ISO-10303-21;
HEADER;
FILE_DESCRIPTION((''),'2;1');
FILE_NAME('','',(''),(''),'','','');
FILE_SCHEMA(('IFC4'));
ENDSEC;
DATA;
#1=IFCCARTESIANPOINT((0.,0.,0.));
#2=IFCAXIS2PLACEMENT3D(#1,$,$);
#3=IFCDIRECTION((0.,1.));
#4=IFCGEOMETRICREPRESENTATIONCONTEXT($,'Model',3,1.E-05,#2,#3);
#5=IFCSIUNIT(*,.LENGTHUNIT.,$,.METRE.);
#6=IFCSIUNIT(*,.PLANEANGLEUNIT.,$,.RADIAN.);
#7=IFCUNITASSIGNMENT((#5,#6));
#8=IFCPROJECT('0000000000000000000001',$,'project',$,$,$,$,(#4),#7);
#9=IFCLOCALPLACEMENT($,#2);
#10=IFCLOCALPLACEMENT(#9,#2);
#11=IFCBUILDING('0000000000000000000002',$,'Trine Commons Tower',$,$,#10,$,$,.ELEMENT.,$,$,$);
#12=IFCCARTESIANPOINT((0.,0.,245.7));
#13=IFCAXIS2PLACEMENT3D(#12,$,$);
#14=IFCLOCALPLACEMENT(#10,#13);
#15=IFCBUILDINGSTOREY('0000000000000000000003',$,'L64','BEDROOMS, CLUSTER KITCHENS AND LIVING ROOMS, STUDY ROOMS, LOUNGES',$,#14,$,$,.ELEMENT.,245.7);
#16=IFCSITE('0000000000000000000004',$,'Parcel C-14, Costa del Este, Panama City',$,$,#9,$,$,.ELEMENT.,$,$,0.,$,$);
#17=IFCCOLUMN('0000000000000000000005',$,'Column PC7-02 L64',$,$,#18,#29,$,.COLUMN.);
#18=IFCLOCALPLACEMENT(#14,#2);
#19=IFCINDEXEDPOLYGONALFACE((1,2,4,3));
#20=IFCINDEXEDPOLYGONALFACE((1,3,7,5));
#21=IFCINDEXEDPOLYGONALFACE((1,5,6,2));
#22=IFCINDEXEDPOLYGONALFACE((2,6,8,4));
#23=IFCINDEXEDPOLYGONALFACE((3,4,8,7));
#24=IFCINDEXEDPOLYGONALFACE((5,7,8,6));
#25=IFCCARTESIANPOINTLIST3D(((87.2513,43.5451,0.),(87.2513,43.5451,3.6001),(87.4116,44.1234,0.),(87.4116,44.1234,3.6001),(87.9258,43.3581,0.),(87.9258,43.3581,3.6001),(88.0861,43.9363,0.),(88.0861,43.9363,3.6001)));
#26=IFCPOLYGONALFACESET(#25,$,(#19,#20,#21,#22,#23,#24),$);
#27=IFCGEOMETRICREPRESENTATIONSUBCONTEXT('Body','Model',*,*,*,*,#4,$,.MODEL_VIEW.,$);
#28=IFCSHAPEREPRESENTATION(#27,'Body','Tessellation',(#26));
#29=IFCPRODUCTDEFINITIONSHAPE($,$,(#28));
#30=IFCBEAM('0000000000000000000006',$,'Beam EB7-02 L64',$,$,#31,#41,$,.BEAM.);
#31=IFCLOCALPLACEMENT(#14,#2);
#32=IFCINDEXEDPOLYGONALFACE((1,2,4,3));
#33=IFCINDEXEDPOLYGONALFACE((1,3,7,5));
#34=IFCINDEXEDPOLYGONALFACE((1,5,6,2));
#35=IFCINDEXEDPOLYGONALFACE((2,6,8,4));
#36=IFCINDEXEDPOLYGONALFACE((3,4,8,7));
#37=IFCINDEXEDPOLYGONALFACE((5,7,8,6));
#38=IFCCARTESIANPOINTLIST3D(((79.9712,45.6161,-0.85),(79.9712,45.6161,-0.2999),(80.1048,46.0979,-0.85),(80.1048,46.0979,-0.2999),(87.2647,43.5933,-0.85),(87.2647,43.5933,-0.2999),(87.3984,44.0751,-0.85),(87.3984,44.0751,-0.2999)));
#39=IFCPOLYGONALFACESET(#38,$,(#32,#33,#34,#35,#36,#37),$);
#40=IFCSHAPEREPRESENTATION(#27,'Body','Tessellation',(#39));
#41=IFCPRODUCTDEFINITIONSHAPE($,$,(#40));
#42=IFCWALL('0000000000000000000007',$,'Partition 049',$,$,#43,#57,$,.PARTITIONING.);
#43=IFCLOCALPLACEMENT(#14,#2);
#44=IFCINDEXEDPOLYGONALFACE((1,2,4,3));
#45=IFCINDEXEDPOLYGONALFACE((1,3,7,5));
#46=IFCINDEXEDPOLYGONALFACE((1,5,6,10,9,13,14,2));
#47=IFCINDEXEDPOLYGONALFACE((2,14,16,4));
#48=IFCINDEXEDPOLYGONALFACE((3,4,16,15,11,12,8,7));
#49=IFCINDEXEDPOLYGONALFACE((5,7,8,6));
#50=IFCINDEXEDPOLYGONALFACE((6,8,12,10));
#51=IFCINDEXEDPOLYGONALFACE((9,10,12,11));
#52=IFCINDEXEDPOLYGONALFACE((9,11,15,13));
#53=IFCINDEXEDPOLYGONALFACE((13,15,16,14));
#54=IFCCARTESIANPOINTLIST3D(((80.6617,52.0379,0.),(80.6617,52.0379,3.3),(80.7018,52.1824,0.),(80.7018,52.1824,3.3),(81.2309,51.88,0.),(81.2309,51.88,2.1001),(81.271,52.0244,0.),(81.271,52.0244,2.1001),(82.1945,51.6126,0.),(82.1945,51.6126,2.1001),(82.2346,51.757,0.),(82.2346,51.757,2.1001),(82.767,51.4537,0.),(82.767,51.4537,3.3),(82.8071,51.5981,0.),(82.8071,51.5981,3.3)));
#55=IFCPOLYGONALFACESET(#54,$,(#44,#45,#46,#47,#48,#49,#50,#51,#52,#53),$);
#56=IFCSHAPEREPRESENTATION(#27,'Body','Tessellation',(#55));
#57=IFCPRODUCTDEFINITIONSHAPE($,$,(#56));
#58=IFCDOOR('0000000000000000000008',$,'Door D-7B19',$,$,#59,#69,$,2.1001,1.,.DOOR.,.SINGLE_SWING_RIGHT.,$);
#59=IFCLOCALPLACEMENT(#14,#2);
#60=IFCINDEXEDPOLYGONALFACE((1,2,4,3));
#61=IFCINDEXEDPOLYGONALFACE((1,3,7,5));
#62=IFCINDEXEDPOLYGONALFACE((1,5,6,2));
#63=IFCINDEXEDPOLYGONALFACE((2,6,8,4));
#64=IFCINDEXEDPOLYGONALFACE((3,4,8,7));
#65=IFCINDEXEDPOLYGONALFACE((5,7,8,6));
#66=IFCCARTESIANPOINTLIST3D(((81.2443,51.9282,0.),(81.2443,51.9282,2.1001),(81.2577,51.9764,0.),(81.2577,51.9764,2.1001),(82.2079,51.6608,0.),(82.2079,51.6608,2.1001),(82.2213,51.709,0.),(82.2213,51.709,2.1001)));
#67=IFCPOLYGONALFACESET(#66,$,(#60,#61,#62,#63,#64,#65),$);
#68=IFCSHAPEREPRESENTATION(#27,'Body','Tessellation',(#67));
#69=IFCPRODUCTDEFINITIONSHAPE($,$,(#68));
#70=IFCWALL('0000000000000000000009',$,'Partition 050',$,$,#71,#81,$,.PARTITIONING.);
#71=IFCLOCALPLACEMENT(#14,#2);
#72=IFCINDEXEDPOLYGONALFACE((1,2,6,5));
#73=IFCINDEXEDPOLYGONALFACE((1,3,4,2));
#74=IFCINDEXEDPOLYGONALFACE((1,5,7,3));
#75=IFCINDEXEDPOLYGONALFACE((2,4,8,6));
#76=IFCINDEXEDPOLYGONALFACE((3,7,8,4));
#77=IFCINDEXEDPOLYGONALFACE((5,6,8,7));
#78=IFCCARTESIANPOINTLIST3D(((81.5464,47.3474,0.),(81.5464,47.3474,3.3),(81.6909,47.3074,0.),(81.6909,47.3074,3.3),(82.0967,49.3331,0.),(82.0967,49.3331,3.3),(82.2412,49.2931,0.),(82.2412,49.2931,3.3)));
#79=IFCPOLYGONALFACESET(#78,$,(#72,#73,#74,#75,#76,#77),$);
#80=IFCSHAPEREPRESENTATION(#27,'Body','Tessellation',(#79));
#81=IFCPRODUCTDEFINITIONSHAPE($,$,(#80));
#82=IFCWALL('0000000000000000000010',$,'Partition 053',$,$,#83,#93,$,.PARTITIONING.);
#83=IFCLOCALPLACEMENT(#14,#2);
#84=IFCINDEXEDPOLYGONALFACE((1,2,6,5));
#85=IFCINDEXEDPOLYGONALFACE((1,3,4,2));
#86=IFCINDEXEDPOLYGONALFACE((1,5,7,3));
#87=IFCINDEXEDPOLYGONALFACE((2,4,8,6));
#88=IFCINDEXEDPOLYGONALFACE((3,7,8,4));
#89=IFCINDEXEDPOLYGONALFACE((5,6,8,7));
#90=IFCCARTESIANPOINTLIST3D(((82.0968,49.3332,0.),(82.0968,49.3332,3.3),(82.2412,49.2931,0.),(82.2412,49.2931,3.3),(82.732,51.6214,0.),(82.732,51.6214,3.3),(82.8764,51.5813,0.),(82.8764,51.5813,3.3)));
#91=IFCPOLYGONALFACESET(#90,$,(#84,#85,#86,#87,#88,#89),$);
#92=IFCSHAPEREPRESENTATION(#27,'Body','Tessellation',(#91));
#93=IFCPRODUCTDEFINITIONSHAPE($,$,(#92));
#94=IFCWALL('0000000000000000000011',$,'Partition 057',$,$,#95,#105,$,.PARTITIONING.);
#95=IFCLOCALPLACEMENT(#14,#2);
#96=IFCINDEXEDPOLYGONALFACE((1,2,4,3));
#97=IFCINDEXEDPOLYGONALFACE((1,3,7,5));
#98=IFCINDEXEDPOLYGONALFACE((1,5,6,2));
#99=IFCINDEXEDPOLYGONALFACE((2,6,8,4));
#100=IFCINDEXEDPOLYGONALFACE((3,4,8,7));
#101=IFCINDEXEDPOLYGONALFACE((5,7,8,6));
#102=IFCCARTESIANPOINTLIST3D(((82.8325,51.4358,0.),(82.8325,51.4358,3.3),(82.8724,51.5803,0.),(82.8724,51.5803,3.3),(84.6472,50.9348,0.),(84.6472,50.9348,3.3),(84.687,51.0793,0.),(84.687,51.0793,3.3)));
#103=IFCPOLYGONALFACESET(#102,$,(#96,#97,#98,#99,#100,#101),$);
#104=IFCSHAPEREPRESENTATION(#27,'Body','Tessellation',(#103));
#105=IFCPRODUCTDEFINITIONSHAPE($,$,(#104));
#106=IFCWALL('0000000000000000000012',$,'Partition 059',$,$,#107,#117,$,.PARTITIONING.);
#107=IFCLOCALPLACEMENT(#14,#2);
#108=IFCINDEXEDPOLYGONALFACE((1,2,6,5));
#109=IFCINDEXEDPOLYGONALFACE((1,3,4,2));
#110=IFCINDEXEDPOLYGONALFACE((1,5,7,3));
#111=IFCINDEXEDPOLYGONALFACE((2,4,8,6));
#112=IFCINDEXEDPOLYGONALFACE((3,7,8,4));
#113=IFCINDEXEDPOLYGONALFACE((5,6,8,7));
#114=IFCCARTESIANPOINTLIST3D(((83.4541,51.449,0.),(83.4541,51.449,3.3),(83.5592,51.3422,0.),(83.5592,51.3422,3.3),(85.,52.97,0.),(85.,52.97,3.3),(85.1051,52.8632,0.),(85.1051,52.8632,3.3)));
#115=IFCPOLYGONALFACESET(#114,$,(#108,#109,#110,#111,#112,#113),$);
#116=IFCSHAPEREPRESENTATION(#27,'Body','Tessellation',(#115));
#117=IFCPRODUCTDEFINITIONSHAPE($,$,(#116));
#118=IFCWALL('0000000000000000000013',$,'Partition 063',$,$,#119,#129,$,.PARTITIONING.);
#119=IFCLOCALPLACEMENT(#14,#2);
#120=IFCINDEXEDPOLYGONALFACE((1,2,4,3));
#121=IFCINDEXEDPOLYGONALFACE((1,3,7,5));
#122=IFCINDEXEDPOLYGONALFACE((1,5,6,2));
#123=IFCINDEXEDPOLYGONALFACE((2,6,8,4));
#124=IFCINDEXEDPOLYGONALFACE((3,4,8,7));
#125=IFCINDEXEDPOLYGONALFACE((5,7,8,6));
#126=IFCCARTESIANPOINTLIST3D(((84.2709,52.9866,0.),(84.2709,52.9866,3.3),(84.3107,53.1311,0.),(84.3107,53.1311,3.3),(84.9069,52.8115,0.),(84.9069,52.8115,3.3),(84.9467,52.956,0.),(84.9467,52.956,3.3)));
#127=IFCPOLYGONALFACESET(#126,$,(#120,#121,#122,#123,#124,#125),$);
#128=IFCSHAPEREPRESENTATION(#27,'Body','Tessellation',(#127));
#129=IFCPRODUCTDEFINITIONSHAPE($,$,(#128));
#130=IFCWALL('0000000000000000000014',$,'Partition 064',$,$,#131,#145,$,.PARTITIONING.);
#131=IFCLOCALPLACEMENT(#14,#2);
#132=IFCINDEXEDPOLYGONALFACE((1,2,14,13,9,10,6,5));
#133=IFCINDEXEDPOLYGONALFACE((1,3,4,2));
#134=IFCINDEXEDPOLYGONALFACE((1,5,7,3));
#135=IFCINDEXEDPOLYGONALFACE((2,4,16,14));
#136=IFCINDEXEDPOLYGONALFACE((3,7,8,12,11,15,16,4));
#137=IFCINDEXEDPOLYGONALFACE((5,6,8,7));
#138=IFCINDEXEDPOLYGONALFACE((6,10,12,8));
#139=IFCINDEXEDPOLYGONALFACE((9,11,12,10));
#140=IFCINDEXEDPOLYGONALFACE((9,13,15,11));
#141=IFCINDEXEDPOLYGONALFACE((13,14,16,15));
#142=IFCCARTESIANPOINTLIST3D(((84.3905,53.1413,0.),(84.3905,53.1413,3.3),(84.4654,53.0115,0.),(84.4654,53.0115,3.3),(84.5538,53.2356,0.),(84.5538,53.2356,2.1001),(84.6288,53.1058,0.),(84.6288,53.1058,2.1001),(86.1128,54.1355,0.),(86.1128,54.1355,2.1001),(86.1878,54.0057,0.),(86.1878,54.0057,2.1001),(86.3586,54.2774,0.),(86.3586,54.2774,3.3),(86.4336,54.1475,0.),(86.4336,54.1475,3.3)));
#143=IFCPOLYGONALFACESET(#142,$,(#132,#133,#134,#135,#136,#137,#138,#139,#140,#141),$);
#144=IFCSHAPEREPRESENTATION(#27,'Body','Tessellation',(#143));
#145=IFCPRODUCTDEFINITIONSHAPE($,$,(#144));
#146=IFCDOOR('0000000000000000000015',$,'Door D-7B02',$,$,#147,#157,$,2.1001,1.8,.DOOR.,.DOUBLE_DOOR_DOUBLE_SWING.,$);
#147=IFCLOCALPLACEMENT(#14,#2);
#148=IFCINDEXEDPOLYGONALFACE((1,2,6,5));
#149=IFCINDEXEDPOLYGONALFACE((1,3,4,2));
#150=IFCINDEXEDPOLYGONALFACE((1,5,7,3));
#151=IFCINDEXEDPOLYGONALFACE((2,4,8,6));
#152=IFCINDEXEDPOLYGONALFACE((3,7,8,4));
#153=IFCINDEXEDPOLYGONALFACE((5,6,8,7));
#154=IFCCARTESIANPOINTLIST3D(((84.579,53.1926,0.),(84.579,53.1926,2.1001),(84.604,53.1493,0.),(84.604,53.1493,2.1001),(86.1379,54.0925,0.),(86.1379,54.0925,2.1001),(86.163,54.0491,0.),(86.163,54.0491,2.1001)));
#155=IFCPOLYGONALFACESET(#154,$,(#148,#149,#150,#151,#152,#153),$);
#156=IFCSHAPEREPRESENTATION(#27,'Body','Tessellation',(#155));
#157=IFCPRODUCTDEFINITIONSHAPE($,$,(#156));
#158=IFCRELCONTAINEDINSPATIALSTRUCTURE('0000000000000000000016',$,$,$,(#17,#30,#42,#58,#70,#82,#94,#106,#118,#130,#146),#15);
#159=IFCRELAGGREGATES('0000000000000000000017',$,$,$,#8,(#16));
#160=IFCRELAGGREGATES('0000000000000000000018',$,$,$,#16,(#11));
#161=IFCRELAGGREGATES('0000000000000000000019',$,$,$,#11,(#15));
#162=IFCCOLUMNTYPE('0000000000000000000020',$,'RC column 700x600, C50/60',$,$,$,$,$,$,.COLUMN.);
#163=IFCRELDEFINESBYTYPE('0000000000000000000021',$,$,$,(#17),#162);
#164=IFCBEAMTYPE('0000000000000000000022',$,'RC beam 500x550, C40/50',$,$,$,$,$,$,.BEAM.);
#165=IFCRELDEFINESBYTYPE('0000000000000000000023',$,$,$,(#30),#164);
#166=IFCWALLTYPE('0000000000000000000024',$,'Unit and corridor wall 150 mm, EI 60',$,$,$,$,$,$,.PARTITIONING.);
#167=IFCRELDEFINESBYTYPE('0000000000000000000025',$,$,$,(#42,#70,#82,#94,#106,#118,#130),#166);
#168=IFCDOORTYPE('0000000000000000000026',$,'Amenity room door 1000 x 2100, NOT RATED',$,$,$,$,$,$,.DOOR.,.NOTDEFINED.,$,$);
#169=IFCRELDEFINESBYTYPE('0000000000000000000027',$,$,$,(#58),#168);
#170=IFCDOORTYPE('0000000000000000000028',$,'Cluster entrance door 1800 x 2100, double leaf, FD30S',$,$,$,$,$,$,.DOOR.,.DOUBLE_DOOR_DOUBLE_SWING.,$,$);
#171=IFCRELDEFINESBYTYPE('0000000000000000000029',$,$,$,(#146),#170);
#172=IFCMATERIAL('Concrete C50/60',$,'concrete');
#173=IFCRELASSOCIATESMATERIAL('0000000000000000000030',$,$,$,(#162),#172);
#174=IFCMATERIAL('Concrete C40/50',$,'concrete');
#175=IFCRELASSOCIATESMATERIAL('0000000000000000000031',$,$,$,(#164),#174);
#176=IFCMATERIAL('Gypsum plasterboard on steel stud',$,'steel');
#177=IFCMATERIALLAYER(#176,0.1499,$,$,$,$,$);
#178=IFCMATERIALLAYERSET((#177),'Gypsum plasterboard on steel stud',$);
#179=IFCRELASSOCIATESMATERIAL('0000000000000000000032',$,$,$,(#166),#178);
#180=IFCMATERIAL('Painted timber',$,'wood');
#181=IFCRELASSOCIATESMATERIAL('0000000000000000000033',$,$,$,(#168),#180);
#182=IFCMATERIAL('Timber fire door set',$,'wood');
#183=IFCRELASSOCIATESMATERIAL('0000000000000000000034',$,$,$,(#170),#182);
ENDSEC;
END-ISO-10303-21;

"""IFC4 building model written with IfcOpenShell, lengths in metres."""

from ifc_helpers import new_model, si_unit, direction, frame, frame_2d, origin, origin_2d, place, context, subcontext, project, spatial, rectangle, extrude, material, layer, layer_set, material_profile, profile_set, type_object, element, fill, save


model = new_model("IFC4")

# Units and contexts
model_context = context("Model", 3, precision=1e-05, world=origin(), true_north=direction((0.0, 1.0)))
body_context = subcontext(model_context, "Body", "Model", "MODEL_VIEW")
ifc_project = project(units=[si_unit("LENGTHUNIT", "METRE"), si_unit("PLANEANGLEUNIT", "RADIAN")], contexts=[model_context])

# Site, building, storey
site_placement = place(None, origin())
site = spatial("IfcSite", under=ifc_project, at=site_placement, Name="Parcel C-14, Costa del Este, Panama City", CompositionType="ELEMENT", RefElevation=0.0)
building_placement = place(site_placement, origin())
building = spatial("IfcBuilding", under=site, at=building_placement, Name="Trine Commons Tower", CompositionType="ELEMENT")
storey_placement = place(building_placement, frame((0.0, 0.0, 245.7)))
storey = spatial("IfcBuildingStorey", under=building, at=storey_placement, Name="L64", Description="BEDROOMS, CLUSTER KITCHENS AND LIVING ROOMS, STUDY ROOMS, LOUNGES", CompositionType="ELEMENT", Elevation=245.7)

# Column
ifc_material_1 = material(Name="Concrete C50/60", Category="concrete")
ifc_material_profile_1 = material_profile(ifc_material_1, rectangle(XDim=0.7, YDim=0.6001, at=origin_2d()), Name="RC 700x600")
ifc_profile_set_1 = profile_set([ifc_material_profile_1], Name="Concrete C50/60")
column_type = type_object("IfcColumnType", Name="RC column 700x600, C50/60", PredefinedType="COLUMN", material=ifc_profile_set_1)
column_placement = place(storey_placement, frame((87.6687, 43.7407, 0.0), z_axis=(0.0, 0.0, 1.0), x_axis=(-0.96363, 0.267238, 0.0)))
element("IfcColumn", 1, at=column_placement, inside=storey, type_object=column_type, Name="Column PC7-02 L64", PredefinedType="COLUMN", context=body_context, shape_type="SweptSolid", body=[
    extrude(rectangle(XDim=0.7, YDim=0.6001, at=origin_2d()), origin(), (0.0, 0.0, 1.0), 3.6001),
])

# Beam
ifc_material_2 = material(Name="Concrete C40/50", Category="concrete")
ifc_material_profile_2 = material_profile(ifc_material_2, rectangle(XDim=0.5, YDim=0.55, at=origin_2d()), Name="RC 500x550")
ifc_profile_set_2 = profile_set([ifc_material_profile_2], Name="Concrete C40/50")
beam_type = type_object("IfcBeamType", Name="RC beam 500x550, C40/50", PredefinedType="BEAM", material=ifc_profile_set_2)
beam_placement = place(storey_placement, frame((87.3315, 43.8342, -0.575), z_axis=(-0.963629, 0.267245, 0.0), x_axis=(-0.267245, -0.963629, 0.0)))
element("IfcBeam", 2, at=beam_placement, inside=storey, type_object=beam_type, Name="Beam EB7-02 L64", PredefinedType="BEAM", context=body_context, shape_type="SweptSolid", body=[
    extrude(rectangle(XDim=0.5, YDim=0.55, at=origin_2d()), origin(), (0.0, 0.0, 1.0), 7.5688),
])

# Wall, opening, door
ifc_material_3 = material(Name="Gypsum plasterboard on steel stud", Category="steel")
ifc_layer_1 = layer(ifc_material_3, 0.1499)
ifc_layer_set_1 = layer_set([ifc_layer_1], Name="Gypsum plasterboard on steel stud")
wall_type_1 = type_object("IfcWallType", Name="Unit and corridor wall 150 mm, EI 60", PredefinedType="PARTITIONING", material=ifc_layer_set_1)
wall_1_placement = place(storey_placement, frame((80.6819, 52.1101, 0.0), z_axis=(0.0, 0.0, 1.0), x_axis=(0.963584, -0.267408, 0.0)))
wall_1 = element("IfcWall", 3, at=wall_1_placement, inside=storey, type_object=wall_type_1, Name="Partition 049", PredefinedType="PARTITIONING", context=body_context, shape_type="SweptSolid", body=[
    extrude(rectangle(XDim=2.1848, YDim=0.1499, at=frame_2d((1.0923, 0.0))), origin(), (0.0, 0.0, 1.0), 3.3),
])
opening_1_placement = place(wall_1_placement, frame((0.5906, 0.0, 0.0)))
opening_1 = element("IfcOpeningElement", 4, at=opening_1_placement, cuts=wall_1, PredefinedType="OPENING", context=body_context, shape_type="SweptSolid", body=[
    extrude(rectangle(XDim=1.0, YDim=2.1001, at=frame_2d((0.5, 1.05))), frame((0.0, 0.085, 0.0), z_axis=(0.0, -1.0, 0.0), x_axis=(1.0, 0.0, 0.0)), (0.0, 0.0, 1.0), 0.1699),
])
ifc_material_4 = material(Name="Painted timber", Category="wood")
door_type_1 = type_object("IfcDoorType", Name="Amenity room door 1000 x 2100, NOT RATED", OperationType="NOTDEFINED", PredefinedType="DOOR", material=ifc_material_4)
door_1_placement = place(opening_1_placement, frame((1.0, 0.0, 0.0), z_axis=(0.0, 0.0, 1.0), x_axis=(-1.0, 0.0, 0.0)))
door_1 = element("IfcDoor", 5, at=door_1_placement, inside=storey, type_object=door_type_1, Name="Door D-7B19", OperationType="SINGLE_SWING_RIGHT", OverallHeight=2.1001, OverallWidth=1.0, PredefinedType="DOOR", context=body_context, shape_type="SweptSolid", body=[
    extrude(rectangle(XDim=1.0, YDim=2.1001, at=frame_2d((0.5, 1.05))), frame((0.0, 0.0249, 0.0), z_axis=(0.0, -1.0, 0.0), x_axis=(1.0, 0.0, 0.0)), (0.0, 0.0, 1.0), 0.05),
])
fill(opening_1, door_1)

# Walls
wall_2_placement = place(storey_placement, frame((81.6187, 47.3274, 0.0), z_axis=(0.0, 0.0, 1.0), x_axis=(0.267075, 0.963676, 0.0)))
element("IfcWall", 6, at=wall_2_placement, inside=storey, type_object=wall_type_1, Name="Partition 050", PredefinedType="PARTITIONING", context=body_context, shape_type="SweptSolid", body=[
    extrude(rectangle(XDim=2.0605, YDim=0.1499, at=frame_2d((1.0303, 0.0))), origin(), (0.0, 0.0, 1.0), 3.3),
])
wall_3_placement = place(storey_placement, frame((82.1689, 49.313, 0.0), z_axis=(0.0, 0.0, 1.0), x_axis=(0.26749, 0.963561, 0.0)))
element("IfcWall", 7, at=wall_3_placement, inside=storey, type_object=wall_type_1, Name="Partition 053", PredefinedType="PARTITIONING", context=body_context, shape_type="SweptSolid", body=[
    extrude(rectangle(XDim=2.3748, YDim=0.1499, at=frame_2d((1.1875, 0.0))), origin(), (0.0, 0.0, 1.0), 3.3),
])
wall_4_placement = place(storey_placement, frame((82.8523, 51.5081, 0.0), z_axis=(0.0, 0.0, 1.0), x_axis=(0.963942, -0.266112, 0.0)))
element("IfcWall", 8, at=wall_4_placement, inside=storey, type_object=wall_type_1, Name="Partition 057", PredefinedType="PARTITIONING", context=body_context, shape_type="SweptSolid", body=[
    extrude(rectangle(XDim=1.8826, YDim=0.1499, at=frame_2d((0.9414, 0.0))), origin(), (0.0, 0.0, 1.0), 3.3),
])
wall_5_placement = place(storey_placement, frame((83.5066, 51.3955, 0.0), z_axis=(0.0, 0.0, 1.0), x_axis=(0.712825, 0.701342, 0.0)))
element("IfcWall", 9, at=wall_5_placement, inside=storey, type_object=wall_type_1, Name="Partition 059", PredefinedType="PARTITIONING", context=body_context, shape_type="SweptSolid", body=[
    extrude(rectangle(XDim=2.1687, YDim=0.1499, at=frame_2d((1.0845, 0.0))), origin(), (0.0, 0.0, 1.0), 3.3),
])
wall_6_placement = place(storey_placement, frame((84.2908, 53.0588, 0.0), z_axis=(0.0, 0.0, 1.0), x_axis=(0.964146, -0.265372, 0.0)))
element("IfcWall", 10, at=wall_6_placement, inside=storey, type_object=wall_type_1, Name="Partition 063", PredefinedType="PARTITIONING", context=body_context, shape_type="SweptSolid", body=[
    extrude(rectangle(XDim=0.6597, YDim=0.1499, at=frame_2d((0.3298, 0.0))), origin(), (0.0, 0.0, 1.0), 3.3),
])

# Wall, opening, door
wall_7_placement = place(storey_placement, frame((84.428, 53.0764, 0.0), z_axis=(0.0, 0.0, 1.0), x_axis=(0.866073, 0.499918, 0.0)))
wall_7 = element("IfcWall", 11, at=wall_7_placement, inside=storey, type_object=wall_type_1, Name="Partition 064", PredefinedType="PARTITIONING", context=body_context, shape_type="SweptSolid", body=[
    extrude(rectangle(XDim=2.2725, YDim=0.1499, at=frame_2d((1.1362, 0.0))), origin(), (0.0, 0.0, 1.0), 3.3),
])
opening_2_placement = place(wall_7_placement, frame((0.1887, 0.0, 0.0)))
opening_2 = element("IfcOpeningElement", 12, at=opening_2_placement, cuts=wall_7, PredefinedType="OPENING", context=body_context, shape_type="SweptSolid", body=[
    extrude(rectangle(XDim=1.8, YDim=2.1001, at=frame_2d((0.8999, 1.05))), frame((0.0, 0.085, 0.0), z_axis=(0.0, -1.0, 0.0), x_axis=(1.0, 0.0, 0.0)), (0.0, 0.0, 1.0), 0.1699),
])
ifc_material_5 = material(Name="Timber fire door set", Category="wood")
door_type_2 = type_object("IfcDoorType", Name="Cluster entrance door 1800 x 2100, double leaf, FD30S", OperationType="DOUBLE_DOOR_DOUBLE_SWING", PredefinedType="DOOR", material=ifc_material_5)
door_2_placement = place(opening_2_placement, frame((1.8, 0.0, 0.0), z_axis=(0.0, 0.0, 1.0), x_axis=(-1.0, 0.0, 0.0)))
door_2 = element("IfcDoor", 13, at=door_2_placement, inside=storey, type_object=door_type_2, Name="Door D-7B02", OperationType="DOUBLE_DOOR_DOUBLE_SWING", OverallHeight=2.1001, OverallWidth=1.8, PredefinedType="DOOR", context=body_context, shape_type="SweptSolid", body=[
    extrude(rectangle(XDim=1.8, YDim=2.1001, at=frame_2d((0.8999, 1.05))), frame((0.0, 0.0249, 0.0), z_axis=(0.0, -1.0, 0.0), x_axis=(1.0, 0.0, 0.0)), (0.0, 0.0, 1.0), 0.05),
])
fill(opening_2, door_2)

save(model, "model.ifc")
